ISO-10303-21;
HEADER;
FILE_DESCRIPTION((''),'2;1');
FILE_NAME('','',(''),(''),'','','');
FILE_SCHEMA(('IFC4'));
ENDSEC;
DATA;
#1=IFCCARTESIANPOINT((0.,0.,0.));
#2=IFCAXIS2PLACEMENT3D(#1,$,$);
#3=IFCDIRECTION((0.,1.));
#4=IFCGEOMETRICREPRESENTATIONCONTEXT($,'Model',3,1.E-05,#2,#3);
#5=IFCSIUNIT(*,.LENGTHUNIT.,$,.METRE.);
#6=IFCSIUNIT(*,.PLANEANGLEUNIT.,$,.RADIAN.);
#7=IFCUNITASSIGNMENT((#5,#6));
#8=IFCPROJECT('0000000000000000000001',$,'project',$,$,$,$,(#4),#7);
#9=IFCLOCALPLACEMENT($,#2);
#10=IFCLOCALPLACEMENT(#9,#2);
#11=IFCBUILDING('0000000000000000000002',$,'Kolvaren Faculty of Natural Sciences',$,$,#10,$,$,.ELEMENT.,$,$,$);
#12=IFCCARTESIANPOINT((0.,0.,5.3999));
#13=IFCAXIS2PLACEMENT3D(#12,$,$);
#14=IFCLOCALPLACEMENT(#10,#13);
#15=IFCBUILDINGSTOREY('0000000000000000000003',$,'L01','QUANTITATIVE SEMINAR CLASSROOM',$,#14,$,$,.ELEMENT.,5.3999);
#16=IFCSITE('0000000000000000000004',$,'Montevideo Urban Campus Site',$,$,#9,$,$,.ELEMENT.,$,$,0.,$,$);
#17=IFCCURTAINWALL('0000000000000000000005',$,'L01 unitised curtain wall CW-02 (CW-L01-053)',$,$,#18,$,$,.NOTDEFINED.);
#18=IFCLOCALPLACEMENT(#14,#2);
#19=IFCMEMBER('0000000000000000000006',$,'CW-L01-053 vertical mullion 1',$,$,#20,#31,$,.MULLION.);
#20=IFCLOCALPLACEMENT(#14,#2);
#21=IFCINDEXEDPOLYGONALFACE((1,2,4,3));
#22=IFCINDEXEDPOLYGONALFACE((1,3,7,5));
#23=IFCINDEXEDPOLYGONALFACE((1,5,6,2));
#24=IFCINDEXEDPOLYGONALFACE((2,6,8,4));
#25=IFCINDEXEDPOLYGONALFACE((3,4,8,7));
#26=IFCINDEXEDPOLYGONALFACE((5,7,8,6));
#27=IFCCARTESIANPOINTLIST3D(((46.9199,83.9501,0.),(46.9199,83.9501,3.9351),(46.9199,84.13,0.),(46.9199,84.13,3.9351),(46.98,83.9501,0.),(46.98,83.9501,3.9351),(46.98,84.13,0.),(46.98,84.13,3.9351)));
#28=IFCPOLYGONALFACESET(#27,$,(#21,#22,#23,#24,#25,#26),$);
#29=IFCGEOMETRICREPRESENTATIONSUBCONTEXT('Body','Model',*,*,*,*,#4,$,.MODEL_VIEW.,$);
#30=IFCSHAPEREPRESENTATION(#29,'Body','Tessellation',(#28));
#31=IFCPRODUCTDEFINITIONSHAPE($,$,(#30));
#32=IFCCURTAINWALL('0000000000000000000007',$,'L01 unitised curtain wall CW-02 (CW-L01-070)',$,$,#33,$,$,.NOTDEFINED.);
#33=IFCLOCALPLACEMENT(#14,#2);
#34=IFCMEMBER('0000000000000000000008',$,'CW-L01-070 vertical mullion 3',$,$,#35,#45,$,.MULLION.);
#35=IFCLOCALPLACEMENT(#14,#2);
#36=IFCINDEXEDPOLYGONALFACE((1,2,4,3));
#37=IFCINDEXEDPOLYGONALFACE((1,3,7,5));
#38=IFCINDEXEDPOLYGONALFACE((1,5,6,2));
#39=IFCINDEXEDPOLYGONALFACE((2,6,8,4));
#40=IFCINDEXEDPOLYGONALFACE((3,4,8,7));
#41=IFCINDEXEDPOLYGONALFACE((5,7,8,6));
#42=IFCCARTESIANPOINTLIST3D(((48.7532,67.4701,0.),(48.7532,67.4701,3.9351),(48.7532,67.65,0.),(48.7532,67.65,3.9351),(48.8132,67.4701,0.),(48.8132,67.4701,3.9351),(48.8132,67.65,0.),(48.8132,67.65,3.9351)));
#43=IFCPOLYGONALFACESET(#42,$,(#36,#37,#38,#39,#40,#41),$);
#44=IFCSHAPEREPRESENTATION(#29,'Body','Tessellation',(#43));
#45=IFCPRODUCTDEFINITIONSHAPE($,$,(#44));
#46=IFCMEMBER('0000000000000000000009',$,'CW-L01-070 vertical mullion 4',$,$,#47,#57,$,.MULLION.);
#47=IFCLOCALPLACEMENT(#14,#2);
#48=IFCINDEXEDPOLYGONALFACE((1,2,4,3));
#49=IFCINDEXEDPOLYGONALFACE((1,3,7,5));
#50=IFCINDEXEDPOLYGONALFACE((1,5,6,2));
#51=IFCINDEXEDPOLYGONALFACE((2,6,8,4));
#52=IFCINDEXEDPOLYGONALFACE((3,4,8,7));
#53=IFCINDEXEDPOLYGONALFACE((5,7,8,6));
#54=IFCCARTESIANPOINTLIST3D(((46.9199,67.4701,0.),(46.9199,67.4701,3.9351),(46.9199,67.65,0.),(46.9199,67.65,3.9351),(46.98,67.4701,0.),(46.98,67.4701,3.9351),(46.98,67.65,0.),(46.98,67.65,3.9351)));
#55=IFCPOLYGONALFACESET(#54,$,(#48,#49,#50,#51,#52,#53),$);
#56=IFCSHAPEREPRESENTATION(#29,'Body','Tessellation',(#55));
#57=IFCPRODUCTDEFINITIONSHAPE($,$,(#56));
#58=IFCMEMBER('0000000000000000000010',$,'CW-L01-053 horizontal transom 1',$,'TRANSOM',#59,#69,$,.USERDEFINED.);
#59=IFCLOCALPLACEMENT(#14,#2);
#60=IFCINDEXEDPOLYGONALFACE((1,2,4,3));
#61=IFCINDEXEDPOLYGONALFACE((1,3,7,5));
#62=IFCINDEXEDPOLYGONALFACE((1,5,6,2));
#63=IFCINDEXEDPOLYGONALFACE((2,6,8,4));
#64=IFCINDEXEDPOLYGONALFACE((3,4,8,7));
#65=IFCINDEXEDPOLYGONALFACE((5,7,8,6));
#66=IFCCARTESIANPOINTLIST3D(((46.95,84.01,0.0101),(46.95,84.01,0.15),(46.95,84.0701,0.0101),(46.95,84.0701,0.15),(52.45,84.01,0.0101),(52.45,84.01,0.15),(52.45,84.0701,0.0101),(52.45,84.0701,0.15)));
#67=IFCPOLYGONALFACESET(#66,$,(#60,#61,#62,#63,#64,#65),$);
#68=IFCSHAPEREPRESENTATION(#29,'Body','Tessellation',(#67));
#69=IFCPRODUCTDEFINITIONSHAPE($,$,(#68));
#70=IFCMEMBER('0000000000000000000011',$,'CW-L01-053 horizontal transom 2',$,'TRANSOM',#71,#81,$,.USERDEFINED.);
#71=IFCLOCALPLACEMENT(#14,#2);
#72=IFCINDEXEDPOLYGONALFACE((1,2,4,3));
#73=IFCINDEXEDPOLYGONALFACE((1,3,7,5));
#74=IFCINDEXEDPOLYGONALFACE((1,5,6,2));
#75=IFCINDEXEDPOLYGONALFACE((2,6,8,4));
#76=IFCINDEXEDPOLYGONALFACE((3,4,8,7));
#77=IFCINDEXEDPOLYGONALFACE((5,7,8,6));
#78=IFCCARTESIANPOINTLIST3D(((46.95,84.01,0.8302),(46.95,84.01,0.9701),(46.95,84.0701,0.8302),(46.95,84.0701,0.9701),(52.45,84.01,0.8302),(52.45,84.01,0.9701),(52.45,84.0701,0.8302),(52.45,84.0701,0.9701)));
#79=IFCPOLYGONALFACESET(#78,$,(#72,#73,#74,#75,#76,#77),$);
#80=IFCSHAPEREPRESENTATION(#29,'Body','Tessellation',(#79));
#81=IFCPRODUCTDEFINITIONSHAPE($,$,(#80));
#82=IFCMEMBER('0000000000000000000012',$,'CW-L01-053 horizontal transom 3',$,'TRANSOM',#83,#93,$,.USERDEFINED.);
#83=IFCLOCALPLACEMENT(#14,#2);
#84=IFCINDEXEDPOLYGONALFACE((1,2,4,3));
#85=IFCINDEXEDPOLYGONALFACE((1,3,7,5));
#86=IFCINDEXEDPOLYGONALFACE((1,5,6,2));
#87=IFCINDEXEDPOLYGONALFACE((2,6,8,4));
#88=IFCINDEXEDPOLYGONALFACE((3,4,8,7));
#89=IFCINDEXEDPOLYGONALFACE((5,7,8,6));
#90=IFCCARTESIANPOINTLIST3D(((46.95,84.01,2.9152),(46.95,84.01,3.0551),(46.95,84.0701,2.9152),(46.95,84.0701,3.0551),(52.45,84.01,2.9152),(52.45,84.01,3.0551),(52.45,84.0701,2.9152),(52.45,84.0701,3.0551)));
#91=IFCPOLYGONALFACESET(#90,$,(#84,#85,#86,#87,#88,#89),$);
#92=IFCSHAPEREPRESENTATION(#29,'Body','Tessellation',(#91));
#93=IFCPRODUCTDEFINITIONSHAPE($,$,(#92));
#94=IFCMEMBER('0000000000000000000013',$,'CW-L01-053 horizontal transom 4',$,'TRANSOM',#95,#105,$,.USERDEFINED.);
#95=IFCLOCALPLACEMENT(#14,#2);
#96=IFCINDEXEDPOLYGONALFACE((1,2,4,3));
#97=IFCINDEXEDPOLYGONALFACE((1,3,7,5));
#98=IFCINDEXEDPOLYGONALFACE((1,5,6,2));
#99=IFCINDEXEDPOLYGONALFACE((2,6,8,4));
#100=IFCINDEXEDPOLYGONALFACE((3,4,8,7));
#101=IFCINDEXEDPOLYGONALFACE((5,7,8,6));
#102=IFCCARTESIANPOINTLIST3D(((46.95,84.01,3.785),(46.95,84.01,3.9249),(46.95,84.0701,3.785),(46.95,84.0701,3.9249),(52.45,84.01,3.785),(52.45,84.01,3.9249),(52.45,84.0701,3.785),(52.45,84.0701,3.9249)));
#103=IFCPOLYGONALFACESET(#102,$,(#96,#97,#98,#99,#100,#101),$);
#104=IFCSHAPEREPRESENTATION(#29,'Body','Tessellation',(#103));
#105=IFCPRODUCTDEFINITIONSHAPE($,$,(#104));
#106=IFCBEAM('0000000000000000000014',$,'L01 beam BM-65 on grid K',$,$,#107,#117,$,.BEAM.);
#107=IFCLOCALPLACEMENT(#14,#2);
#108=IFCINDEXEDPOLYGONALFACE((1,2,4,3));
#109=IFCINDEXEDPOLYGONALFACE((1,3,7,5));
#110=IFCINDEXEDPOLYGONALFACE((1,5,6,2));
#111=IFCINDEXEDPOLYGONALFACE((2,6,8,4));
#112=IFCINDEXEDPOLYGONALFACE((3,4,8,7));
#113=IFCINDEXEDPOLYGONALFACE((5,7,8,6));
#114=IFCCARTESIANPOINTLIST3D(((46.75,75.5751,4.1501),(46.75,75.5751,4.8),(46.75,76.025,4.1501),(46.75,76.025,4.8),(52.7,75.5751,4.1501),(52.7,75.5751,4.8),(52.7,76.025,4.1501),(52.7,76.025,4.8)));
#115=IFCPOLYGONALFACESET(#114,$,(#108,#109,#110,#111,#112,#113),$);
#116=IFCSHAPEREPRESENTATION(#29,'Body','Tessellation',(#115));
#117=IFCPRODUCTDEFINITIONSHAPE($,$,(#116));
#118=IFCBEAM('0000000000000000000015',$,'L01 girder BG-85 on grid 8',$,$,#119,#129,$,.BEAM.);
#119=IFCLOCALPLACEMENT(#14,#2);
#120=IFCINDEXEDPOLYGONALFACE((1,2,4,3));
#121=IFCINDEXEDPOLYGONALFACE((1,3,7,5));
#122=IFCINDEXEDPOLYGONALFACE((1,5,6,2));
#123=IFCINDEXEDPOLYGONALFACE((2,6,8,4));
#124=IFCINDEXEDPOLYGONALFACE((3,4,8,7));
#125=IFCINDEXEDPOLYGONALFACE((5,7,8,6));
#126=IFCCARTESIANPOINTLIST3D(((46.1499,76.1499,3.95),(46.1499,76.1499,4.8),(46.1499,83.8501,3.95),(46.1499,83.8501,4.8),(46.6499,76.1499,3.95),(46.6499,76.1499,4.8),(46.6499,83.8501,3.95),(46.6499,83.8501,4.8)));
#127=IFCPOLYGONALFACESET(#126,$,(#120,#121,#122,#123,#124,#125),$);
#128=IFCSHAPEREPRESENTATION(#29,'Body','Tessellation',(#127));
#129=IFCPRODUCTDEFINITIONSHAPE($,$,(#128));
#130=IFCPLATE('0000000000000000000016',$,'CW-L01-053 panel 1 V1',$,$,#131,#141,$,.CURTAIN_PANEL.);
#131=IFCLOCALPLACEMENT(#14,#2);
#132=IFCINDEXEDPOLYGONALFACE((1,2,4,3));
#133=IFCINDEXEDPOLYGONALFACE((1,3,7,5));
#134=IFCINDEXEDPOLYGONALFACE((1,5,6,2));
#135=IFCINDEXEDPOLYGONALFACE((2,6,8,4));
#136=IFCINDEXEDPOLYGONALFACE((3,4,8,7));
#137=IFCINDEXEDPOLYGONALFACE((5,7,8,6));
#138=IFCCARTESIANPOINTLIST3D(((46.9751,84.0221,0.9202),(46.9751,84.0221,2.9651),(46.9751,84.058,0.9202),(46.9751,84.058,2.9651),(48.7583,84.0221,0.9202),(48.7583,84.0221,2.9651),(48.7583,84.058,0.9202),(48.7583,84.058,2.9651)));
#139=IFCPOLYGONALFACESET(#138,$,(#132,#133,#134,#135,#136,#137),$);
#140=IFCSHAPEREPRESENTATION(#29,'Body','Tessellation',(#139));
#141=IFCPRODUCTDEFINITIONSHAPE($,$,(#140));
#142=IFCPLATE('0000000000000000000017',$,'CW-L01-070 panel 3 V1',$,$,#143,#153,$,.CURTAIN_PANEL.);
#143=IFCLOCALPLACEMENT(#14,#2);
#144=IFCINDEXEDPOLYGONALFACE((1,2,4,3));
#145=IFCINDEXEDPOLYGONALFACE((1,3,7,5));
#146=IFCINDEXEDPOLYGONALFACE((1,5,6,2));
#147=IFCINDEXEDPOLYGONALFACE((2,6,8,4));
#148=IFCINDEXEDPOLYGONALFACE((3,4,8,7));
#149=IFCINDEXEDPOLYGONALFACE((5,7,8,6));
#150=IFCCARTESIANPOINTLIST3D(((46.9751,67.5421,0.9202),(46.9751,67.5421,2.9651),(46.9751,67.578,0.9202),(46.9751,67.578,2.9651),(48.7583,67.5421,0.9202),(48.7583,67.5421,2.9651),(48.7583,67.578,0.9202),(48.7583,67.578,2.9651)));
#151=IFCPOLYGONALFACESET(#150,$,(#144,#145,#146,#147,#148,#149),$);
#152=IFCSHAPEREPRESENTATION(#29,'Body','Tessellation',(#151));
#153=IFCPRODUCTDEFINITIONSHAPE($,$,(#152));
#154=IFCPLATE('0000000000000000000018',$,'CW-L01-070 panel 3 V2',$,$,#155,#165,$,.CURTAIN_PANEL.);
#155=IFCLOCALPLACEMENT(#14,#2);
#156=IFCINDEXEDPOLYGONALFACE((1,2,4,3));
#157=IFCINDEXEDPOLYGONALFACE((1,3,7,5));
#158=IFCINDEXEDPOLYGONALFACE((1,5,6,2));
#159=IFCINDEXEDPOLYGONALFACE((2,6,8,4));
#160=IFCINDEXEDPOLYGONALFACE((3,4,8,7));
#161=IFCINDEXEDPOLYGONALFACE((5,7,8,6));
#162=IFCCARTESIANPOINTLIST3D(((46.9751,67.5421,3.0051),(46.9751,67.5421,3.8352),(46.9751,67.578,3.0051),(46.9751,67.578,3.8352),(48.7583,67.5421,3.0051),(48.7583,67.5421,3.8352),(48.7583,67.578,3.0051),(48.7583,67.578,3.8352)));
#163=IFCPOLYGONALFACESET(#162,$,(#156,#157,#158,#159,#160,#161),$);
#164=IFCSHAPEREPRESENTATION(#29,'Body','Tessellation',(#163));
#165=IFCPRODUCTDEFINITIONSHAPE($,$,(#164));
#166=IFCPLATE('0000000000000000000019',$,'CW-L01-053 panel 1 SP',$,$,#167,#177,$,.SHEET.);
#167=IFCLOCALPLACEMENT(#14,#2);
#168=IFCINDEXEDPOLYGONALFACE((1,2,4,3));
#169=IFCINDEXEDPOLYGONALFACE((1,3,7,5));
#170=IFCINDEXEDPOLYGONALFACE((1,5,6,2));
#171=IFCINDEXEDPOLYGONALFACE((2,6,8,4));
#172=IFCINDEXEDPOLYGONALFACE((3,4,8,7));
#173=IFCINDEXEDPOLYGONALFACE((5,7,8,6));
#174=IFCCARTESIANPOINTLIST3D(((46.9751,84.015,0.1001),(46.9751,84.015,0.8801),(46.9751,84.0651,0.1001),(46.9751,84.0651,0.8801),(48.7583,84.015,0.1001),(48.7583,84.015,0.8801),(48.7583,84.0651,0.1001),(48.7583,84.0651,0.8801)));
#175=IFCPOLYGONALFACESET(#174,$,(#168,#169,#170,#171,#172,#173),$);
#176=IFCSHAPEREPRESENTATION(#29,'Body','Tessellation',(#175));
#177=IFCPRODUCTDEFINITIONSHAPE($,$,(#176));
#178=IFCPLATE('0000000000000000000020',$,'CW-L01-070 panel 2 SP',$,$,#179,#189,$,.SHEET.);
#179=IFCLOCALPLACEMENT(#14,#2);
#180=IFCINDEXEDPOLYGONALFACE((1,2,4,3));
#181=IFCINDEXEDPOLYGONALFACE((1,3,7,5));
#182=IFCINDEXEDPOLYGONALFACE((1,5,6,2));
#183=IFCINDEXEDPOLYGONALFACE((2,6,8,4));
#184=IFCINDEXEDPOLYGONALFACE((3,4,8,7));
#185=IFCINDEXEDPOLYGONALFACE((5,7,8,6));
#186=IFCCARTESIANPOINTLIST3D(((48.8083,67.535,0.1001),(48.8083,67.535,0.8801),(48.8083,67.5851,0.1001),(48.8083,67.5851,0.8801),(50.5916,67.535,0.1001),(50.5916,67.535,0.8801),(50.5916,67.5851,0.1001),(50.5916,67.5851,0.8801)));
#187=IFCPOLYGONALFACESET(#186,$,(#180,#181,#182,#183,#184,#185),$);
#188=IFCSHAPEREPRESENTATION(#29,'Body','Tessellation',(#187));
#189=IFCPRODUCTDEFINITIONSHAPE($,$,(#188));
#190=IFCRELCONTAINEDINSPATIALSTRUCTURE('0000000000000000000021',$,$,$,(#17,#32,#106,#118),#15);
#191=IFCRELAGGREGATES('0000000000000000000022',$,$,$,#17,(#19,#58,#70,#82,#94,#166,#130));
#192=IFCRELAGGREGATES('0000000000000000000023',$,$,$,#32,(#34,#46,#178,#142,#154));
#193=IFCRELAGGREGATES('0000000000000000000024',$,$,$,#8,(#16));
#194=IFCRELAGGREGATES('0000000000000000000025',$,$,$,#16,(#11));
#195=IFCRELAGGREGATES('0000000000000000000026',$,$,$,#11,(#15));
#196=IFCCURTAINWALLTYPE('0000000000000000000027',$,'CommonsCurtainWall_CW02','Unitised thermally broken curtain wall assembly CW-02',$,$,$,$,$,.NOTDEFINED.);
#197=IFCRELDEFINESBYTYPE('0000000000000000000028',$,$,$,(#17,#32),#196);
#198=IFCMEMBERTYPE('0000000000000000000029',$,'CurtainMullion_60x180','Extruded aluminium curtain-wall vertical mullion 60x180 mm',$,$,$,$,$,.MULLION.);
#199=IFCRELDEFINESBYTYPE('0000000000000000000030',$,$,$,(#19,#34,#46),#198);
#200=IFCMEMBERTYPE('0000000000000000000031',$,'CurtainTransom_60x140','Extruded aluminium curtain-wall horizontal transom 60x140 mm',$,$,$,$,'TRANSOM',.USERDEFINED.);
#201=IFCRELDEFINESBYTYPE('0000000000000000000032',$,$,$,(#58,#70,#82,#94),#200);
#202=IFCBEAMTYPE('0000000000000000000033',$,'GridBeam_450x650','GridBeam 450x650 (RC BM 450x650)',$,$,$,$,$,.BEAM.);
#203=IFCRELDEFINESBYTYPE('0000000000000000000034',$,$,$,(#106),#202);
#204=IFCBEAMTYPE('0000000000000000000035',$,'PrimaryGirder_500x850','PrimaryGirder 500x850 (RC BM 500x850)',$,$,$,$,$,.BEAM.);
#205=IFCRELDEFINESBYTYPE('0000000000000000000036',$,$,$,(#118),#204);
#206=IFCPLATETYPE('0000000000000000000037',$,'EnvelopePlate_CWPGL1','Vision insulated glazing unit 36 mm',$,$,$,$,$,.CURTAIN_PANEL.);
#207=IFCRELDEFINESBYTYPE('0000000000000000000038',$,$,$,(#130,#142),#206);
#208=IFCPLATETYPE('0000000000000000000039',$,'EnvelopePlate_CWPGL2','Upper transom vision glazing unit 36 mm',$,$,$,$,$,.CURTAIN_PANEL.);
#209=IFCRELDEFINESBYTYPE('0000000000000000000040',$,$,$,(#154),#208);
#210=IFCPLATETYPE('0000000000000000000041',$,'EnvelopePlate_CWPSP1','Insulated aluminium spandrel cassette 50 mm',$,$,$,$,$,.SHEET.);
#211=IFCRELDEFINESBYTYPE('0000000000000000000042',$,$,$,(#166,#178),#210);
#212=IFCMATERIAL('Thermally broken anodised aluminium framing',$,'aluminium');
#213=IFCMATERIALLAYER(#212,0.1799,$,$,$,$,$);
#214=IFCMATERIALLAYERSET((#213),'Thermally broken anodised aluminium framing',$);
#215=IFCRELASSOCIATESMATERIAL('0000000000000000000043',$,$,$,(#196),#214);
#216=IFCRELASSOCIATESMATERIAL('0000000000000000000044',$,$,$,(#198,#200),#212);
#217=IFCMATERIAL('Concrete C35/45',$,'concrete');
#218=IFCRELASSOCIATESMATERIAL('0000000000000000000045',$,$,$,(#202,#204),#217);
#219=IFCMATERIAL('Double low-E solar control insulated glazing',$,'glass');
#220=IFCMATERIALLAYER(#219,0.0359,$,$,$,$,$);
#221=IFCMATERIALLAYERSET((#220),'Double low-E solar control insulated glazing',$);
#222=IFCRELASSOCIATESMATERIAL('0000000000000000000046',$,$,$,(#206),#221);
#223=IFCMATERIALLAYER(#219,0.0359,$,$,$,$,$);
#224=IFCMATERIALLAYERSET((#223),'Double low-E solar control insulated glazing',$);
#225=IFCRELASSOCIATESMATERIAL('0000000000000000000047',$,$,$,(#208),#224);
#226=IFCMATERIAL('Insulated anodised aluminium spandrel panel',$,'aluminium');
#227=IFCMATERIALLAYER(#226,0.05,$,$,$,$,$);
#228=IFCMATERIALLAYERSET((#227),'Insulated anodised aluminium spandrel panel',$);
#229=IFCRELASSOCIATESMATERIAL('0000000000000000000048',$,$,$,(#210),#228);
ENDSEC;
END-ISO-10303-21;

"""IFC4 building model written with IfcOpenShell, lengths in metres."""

from ifc_helpers import new_model, si_unit, direction, frame, origin, origin_2d, place, context, subcontext, project, spatial, rectangle, extrude, material, layer, layer_set, material_profile, profile_set, type_object, element, aggregate, save


model = new_model("IFC4")

# Units and contexts
model_context = context("Model", 3, precision=1e-05, world=origin(), true_north=direction((0.0, 1.0)))
body_context = subcontext(model_context, "Body", "Model", "MODEL_VIEW")
ifc_project = project(units=[si_unit("LENGTHUNIT", "METRE"), si_unit("PLANEANGLEUNIT", "RADIAN")], contexts=[model_context])

# Site, building, storey
site_placement = place(None, origin())
site = spatial("IfcSite", under=ifc_project, at=site_placement, Name="Montevideo Urban Campus Site", CompositionType="ELEMENT", RefElevation=0.0)
building_placement = place(site_placement, origin())
building = spatial("IfcBuilding", under=site, at=building_placement, Name="Kolvaren Faculty of Natural Sciences", CompositionType="ELEMENT")
storey_placement = place(building_placement, frame((0.0, 0.0, 5.3999)))
storey = spatial("IfcBuildingStorey", under=building, at=storey_placement, Name="L01", Description="QUANTITATIVE SEMINAR CLASSROOM", CompositionType="ELEMENT", Elevation=5.3999)

# Curtain wall, member
ifc_material_1 = material(Name="Thermally broken anodised aluminium framing", Category="aluminium")
ifc_layer_1 = layer(ifc_material_1, 0.1799)
ifc_layer_set_1 = layer_set([ifc_layer_1], Name="Thermally broken anodised aluminium framing")
curtain_wall_type = type_object("IfcCurtainWallType", Name="CommonsCurtainWall_CW02", Description="Unitised thermally broken curtain wall assembly CW-02", PredefinedType="NOTDEFINED", material=ifc_layer_set_1)
curtain_wall_1_placement = place(storey_placement, origin())
curtain_wall_1 = element("IfcCurtainWall", 1, at=curtain_wall_1_placement, inside=storey, type_object=curtain_wall_type, Name="L01 unitised curtain wall CW-02 (CW-L01-053)", PredefinedType="NOTDEFINED")
ifc_material_profile_1 = material_profile(ifc_material_1, rectangle(XDim=0.0601, YDim=0.1799, at=origin_2d()), Name="ALU MUL 60x180")
ifc_profile_set_1 = profile_set([ifc_material_profile_1], Name="Thermally broken anodised aluminium framing")
member_type_1 = type_object("IfcMemberType", Name="CurtainMullion_60x180", Description="Extruded aluminium curtain-wall vertical mullion 60x180 mm", PredefinedType="MULLION", material=ifc_profile_set_1)
member_1_placement = place(storey_placement, frame((46.95, 84.04, 0.0), z_axis=(0.0, 0.0, 1.0), x_axis=(1.0, 0.0, 0.0)))
member_1 = element("IfcMember", 2, at=member_1_placement, type_object=member_type_1, Name="CW-L01-053 vertical mullion 1", PredefinedType="MULLION", context=body_context, shape_type="SweptSolid", body=[
    extrude(rectangle(XDim=0.0601, YDim=0.1799, at=origin_2d()), origin(), (0.0, 0.0, 1.0), 3.9351),
])

# Curtain wall, members
curtain_wall_2_placement = place(storey_placement, origin())
curtain_wall_2 = element("IfcCurtainWall", 3, at=curtain_wall_2_placement, inside=storey, type_object=curtain_wall_type, Name="L01 unitised curtain wall CW-02 (CW-L01-070)", PredefinedType="NOTDEFINED")
member_2_placement = place(storey_placement, frame((48.7832, 67.5601, 0.0), z_axis=(0.0, 0.0, 1.0), x_axis=(-1.0, 0.0, 0.0)))
member_2 = element("IfcMember", 4, at=member_2_placement, type_object=member_type_1, Name="CW-L01-070 vertical mullion 3", PredefinedType="MULLION", context=body_context, shape_type="SweptSolid", body=[
    extrude(rectangle(XDim=0.0601, YDim=0.1799, at=origin_2d()), origin(), (0.0, 0.0, 1.0), 3.9351),
])
member_3_placement = place(storey_placement, frame((46.95, 67.5601, 0.0), z_axis=(0.0, 0.0, 1.0), x_axis=(-1.0, 0.0, 0.0)))
member_3 = element("IfcMember", 5, at=member_3_placement, type_object=member_type_1, Name="CW-L01-070 vertical mullion 4", PredefinedType="MULLION", context=body_context, shape_type="SweptSolid", body=[
    extrude(rectangle(XDim=0.0601, YDim=0.1799, at=origin_2d()), origin(), (0.0, 0.0, 1.0), 3.9351),
])

# Members
ifc_material_profile_2 = material_profile(ifc_material_1, rectangle(XDim=0.0601, YDim=0.1399, at=origin_2d()), Name="ALU TRN 60x140")
ifc_profile_set_2 = profile_set([ifc_material_profile_2], Name="Thermally broken anodised aluminium framing")
member_type_2 = type_object("IfcMemberType", Name="CurtainTransom_60x140", Description="Extruded aluminium curtain-wall horizontal transom 60x140 mm", ElementType="TRANSOM", PredefinedType="USERDEFINED", material=ifc_profile_set_2)
member_4_placement = place(storey_placement, frame((46.95, 84.04, 0.0801), z_axis=(1.0, 0.0, 0.0), x_axis=(0.0, 1.0, 0.0)))
member_4 = element("IfcMember", 6, at=member_4_placement, type_object=member_type_2, Name="CW-L01-053 horizontal transom 1", ObjectType="TRANSOM", PredefinedType="USERDEFINED", context=body_context, shape_type="SweptSolid", body=[
    extrude(rectangle(XDim=0.0601, YDim=0.1399, at=origin_2d()), origin(), (0.0, 0.0, 1.0), 5.5),
])
member_5_placement = place(storey_placement, frame((46.95, 84.04, 0.9001), z_axis=(1.0, 0.0, 0.0), x_axis=(0.0, 1.0, 0.0)))
member_5 = element("IfcMember", 7, at=member_5_placement, type_object=member_type_2, Name="CW-L01-053 horizontal transom 2", ObjectType="TRANSOM", PredefinedType="USERDEFINED", context=body_context, shape_type="SweptSolid", body=[
    extrude(rectangle(XDim=0.0601, YDim=0.1399, at=origin_2d()), origin(), (0.0, 0.0, 1.0), 5.5),
])
member_6_placement = place(storey_placement, frame((46.95, 84.04, 2.9851), z_axis=(1.0, 0.0, 0.0), x_axis=(0.0, 1.0, 0.0)))
member_6 = element("IfcMember", 8, at=member_6_placement, type_object=member_type_2, Name="CW-L01-053 horizontal transom 3", ObjectType="TRANSOM", PredefinedType="USERDEFINED", context=body_context, shape_type="SweptSolid", body=[
    extrude(rectangle(XDim=0.0601, YDim=0.1399, at=origin_2d()), origin(), (0.0, 0.0, 1.0), 5.5),
])
member_7_placement = place(storey_placement, frame((46.95, 84.04, 3.855), z_axis=(1.0, 0.0, 0.0), x_axis=(0.0, 1.0, 0.0)))
member_7 = element("IfcMember", 9, at=member_7_placement, type_object=member_type_2, Name="CW-L01-053 horizontal transom 4", ObjectType="TRANSOM", PredefinedType="USERDEFINED", context=body_context, shape_type="SweptSolid", body=[
    extrude(rectangle(XDim=0.0601, YDim=0.1399, at=origin_2d()), origin(), (0.0, 0.0, 1.0), 5.5),
])

# Beams
ifc_material_2 = material(Name="Concrete C35/45", Category="concrete")
ifc_material_profile_3 = material_profile(ifc_material_2, rectangle(XDim=0.45, YDim=0.6499, at=origin_2d()), Name="RC BM 450x650")
ifc_profile_set_3 = profile_set([ifc_material_profile_3], Name="Concrete C35/45")
beam_type_1 = type_object("IfcBeamType", Name="GridBeam_450x650", Description="GridBeam 450x650 (RC BM 450x650)", PredefinedType="BEAM", material=ifc_profile_set_3)
beam_1_placement = place(storey_placement, frame((46.75, 75.8, 4.4751), z_axis=(1.0, 0.0, 0.0), x_axis=(0.0, 1.0, 0.0)))
element("IfcBeam", 10, at=beam_1_placement, inside=storey, type_object=beam_type_1, Name="L01 beam BM-65 on grid K", PredefinedType="BEAM", context=body_context, shape_type="SweptSolid", body=[
    extrude(rectangle(XDim=0.45, YDim=0.6499, at=origin_2d()), origin(), (0.0, 0.0, 1.0), 5.95),
])
ifc_material_profile_4 = material_profile(ifc_material_2, rectangle(XDim=0.5, YDim=0.8501, at=origin_2d()), Name="RC BM 500x850")
ifc_profile_set_4 = profile_set([ifc_material_profile_4], Name="Concrete C35/45")
beam_type_2 = type_object("IfcBeamType", Name="PrimaryGirder_500x850", Description="PrimaryGirder 500x850 (RC BM 500x850)", PredefinedType="BEAM", material=ifc_profile_set_4)
beam_2_placement = place(storey_placement, frame((46.3999, 76.1499, 4.375), z_axis=(0.0, 1.0, 0.0), x_axis=(-1.0, 0.0, 0.0)))
element("IfcBeam", 11, at=beam_2_placement, inside=storey, type_object=beam_type_2, Name="L01 girder BG-85 on grid 8", PredefinedType="BEAM", context=body_context, shape_type="SweptSolid", body=[
    extrude(rectangle(XDim=0.5, YDim=0.8501, at=origin_2d()), origin(), (0.0, 0.0, 1.0), 7.7002),
])

# Plates
ifc_material_3 = material(Name="Double low-E solar control insulated glazing", Category="glass")
ifc_layer_2 = layer(ifc_material_3, 0.0359)
ifc_layer_set_2 = layer_set([ifc_layer_2], Name="Double low-E solar control insulated glazing")
plate_type_1 = type_object("IfcPlateType", Name="EnvelopePlate_CWPGL1", Description="Vision insulated glazing unit 36 mm", PredefinedType="CURTAIN_PANEL", material=ifc_layer_set_2)
plate_1_placement = place(storey_placement, frame((47.8667, 84.04, 0.9202), z_axis=(0.0, 0.0, 1.0), x_axis=(1.0, 0.0, 0.0)))
plate_1 = element("IfcPlate", 12, at=plate_1_placement, type_object=plate_type_1, Name="CW-L01-053 panel 1 V1", PredefinedType="CURTAIN_PANEL", context=body_context, shape_type="SweptSolid", body=[
    extrude(rectangle(XDim=1.7832, YDim=0.0359, at=origin_2d()), origin(), (0.0, 0.0, 1.0), 2.0449),
])
plate_2_placement = place(storey_placement, frame((47.8667, 67.5601, 0.9202), z_axis=(0.0, 0.0, 1.0), x_axis=(-1.0, 0.0, 0.0)))
plate_2 = element("IfcPlate", 13, at=plate_2_placement, type_object=plate_type_1, Name="CW-L01-070 panel 3 V1", PredefinedType="CURTAIN_PANEL", context=body_context, shape_type="SweptSolid", body=[
    extrude(rectangle(XDim=1.7832, YDim=0.0359, at=origin_2d()), origin(), (0.0, 0.0, 1.0), 2.0449),
])
ifc_layer_3 = layer(ifc_material_3, 0.0359)
ifc_layer_set_3 = layer_set([ifc_layer_3], Name="Double low-E solar control insulated glazing")
plate_type_2 = type_object("IfcPlateType", Name="EnvelopePlate_CWPGL2", Description="Upper transom vision glazing unit 36 mm", PredefinedType="CURTAIN_PANEL", material=ifc_layer_set_3)
plate_3_placement = place(storey_placement, frame((47.8667, 67.5601, 3.0051), z_axis=(0.0, 0.0, 1.0), x_axis=(-1.0, 0.0, 0.0)))
plate_3 = element("IfcPlate", 14, at=plate_3_placement, type_object=plate_type_2, Name="CW-L01-070 panel 3 V2", PredefinedType="CURTAIN_PANEL", context=body_context, shape_type="SweptSolid", body=[
    extrude(rectangle(XDim=1.7832, YDim=0.0359, at=origin_2d()), origin(), (0.0, 0.0, 1.0), 0.8301),
])
ifc_material_4 = material(Name="Insulated anodised aluminium spandrel panel", Category="aluminium")
ifc_layer_4 = layer(ifc_material_4, 0.05)
ifc_layer_set_4 = layer_set([ifc_layer_4], Name="Insulated anodised aluminium spandrel panel")
plate_type_3 = type_object("IfcPlateType", Name="EnvelopePlate_CWPSP1", Description="Insulated aluminium spandrel cassette 50 mm", PredefinedType="SHEET", material=ifc_layer_set_4)
plate_4_placement = place(storey_placement, frame((47.8667, 84.04, 0.1001), z_axis=(0.0, 0.0, 1.0), x_axis=(1.0, 0.0, 0.0)))
plate_4 = element("IfcPlate", 15, at=plate_4_placement, type_object=plate_type_3, Name="CW-L01-053 panel 1 SP", PredefinedType="SHEET", context=body_context, shape_type="SweptSolid", body=[
    extrude(rectangle(XDim=1.7832, YDim=0.05, at=origin_2d()), origin(), (0.0, 0.0, 1.0), 0.78),
])
aggregate(curtain_wall_1, [member_1, member_4, member_5, member_6, member_7, plate_4, plate_1])
plate_5_placement = place(storey_placement, frame((49.7, 67.5601, 0.1001), z_axis=(0.0, 0.0, 1.0), x_axis=(-1.0, 0.0, 0.0)))
plate_5 = element("IfcPlate", 16, at=plate_5_placement, type_object=plate_type_3, Name="CW-L01-070 panel 2 SP", PredefinedType="SHEET", context=body_context, shape_type="SweptSolid", body=[
    extrude(rectangle(XDim=1.7832, YDim=0.05, at=origin_2d()), origin(), (0.0, 0.0, 1.0), 0.78),
])
aggregate(curtain_wall_2, [member_2, member_3, plate_5, plate_2, plate_3])

save(model, "model.ifc")
